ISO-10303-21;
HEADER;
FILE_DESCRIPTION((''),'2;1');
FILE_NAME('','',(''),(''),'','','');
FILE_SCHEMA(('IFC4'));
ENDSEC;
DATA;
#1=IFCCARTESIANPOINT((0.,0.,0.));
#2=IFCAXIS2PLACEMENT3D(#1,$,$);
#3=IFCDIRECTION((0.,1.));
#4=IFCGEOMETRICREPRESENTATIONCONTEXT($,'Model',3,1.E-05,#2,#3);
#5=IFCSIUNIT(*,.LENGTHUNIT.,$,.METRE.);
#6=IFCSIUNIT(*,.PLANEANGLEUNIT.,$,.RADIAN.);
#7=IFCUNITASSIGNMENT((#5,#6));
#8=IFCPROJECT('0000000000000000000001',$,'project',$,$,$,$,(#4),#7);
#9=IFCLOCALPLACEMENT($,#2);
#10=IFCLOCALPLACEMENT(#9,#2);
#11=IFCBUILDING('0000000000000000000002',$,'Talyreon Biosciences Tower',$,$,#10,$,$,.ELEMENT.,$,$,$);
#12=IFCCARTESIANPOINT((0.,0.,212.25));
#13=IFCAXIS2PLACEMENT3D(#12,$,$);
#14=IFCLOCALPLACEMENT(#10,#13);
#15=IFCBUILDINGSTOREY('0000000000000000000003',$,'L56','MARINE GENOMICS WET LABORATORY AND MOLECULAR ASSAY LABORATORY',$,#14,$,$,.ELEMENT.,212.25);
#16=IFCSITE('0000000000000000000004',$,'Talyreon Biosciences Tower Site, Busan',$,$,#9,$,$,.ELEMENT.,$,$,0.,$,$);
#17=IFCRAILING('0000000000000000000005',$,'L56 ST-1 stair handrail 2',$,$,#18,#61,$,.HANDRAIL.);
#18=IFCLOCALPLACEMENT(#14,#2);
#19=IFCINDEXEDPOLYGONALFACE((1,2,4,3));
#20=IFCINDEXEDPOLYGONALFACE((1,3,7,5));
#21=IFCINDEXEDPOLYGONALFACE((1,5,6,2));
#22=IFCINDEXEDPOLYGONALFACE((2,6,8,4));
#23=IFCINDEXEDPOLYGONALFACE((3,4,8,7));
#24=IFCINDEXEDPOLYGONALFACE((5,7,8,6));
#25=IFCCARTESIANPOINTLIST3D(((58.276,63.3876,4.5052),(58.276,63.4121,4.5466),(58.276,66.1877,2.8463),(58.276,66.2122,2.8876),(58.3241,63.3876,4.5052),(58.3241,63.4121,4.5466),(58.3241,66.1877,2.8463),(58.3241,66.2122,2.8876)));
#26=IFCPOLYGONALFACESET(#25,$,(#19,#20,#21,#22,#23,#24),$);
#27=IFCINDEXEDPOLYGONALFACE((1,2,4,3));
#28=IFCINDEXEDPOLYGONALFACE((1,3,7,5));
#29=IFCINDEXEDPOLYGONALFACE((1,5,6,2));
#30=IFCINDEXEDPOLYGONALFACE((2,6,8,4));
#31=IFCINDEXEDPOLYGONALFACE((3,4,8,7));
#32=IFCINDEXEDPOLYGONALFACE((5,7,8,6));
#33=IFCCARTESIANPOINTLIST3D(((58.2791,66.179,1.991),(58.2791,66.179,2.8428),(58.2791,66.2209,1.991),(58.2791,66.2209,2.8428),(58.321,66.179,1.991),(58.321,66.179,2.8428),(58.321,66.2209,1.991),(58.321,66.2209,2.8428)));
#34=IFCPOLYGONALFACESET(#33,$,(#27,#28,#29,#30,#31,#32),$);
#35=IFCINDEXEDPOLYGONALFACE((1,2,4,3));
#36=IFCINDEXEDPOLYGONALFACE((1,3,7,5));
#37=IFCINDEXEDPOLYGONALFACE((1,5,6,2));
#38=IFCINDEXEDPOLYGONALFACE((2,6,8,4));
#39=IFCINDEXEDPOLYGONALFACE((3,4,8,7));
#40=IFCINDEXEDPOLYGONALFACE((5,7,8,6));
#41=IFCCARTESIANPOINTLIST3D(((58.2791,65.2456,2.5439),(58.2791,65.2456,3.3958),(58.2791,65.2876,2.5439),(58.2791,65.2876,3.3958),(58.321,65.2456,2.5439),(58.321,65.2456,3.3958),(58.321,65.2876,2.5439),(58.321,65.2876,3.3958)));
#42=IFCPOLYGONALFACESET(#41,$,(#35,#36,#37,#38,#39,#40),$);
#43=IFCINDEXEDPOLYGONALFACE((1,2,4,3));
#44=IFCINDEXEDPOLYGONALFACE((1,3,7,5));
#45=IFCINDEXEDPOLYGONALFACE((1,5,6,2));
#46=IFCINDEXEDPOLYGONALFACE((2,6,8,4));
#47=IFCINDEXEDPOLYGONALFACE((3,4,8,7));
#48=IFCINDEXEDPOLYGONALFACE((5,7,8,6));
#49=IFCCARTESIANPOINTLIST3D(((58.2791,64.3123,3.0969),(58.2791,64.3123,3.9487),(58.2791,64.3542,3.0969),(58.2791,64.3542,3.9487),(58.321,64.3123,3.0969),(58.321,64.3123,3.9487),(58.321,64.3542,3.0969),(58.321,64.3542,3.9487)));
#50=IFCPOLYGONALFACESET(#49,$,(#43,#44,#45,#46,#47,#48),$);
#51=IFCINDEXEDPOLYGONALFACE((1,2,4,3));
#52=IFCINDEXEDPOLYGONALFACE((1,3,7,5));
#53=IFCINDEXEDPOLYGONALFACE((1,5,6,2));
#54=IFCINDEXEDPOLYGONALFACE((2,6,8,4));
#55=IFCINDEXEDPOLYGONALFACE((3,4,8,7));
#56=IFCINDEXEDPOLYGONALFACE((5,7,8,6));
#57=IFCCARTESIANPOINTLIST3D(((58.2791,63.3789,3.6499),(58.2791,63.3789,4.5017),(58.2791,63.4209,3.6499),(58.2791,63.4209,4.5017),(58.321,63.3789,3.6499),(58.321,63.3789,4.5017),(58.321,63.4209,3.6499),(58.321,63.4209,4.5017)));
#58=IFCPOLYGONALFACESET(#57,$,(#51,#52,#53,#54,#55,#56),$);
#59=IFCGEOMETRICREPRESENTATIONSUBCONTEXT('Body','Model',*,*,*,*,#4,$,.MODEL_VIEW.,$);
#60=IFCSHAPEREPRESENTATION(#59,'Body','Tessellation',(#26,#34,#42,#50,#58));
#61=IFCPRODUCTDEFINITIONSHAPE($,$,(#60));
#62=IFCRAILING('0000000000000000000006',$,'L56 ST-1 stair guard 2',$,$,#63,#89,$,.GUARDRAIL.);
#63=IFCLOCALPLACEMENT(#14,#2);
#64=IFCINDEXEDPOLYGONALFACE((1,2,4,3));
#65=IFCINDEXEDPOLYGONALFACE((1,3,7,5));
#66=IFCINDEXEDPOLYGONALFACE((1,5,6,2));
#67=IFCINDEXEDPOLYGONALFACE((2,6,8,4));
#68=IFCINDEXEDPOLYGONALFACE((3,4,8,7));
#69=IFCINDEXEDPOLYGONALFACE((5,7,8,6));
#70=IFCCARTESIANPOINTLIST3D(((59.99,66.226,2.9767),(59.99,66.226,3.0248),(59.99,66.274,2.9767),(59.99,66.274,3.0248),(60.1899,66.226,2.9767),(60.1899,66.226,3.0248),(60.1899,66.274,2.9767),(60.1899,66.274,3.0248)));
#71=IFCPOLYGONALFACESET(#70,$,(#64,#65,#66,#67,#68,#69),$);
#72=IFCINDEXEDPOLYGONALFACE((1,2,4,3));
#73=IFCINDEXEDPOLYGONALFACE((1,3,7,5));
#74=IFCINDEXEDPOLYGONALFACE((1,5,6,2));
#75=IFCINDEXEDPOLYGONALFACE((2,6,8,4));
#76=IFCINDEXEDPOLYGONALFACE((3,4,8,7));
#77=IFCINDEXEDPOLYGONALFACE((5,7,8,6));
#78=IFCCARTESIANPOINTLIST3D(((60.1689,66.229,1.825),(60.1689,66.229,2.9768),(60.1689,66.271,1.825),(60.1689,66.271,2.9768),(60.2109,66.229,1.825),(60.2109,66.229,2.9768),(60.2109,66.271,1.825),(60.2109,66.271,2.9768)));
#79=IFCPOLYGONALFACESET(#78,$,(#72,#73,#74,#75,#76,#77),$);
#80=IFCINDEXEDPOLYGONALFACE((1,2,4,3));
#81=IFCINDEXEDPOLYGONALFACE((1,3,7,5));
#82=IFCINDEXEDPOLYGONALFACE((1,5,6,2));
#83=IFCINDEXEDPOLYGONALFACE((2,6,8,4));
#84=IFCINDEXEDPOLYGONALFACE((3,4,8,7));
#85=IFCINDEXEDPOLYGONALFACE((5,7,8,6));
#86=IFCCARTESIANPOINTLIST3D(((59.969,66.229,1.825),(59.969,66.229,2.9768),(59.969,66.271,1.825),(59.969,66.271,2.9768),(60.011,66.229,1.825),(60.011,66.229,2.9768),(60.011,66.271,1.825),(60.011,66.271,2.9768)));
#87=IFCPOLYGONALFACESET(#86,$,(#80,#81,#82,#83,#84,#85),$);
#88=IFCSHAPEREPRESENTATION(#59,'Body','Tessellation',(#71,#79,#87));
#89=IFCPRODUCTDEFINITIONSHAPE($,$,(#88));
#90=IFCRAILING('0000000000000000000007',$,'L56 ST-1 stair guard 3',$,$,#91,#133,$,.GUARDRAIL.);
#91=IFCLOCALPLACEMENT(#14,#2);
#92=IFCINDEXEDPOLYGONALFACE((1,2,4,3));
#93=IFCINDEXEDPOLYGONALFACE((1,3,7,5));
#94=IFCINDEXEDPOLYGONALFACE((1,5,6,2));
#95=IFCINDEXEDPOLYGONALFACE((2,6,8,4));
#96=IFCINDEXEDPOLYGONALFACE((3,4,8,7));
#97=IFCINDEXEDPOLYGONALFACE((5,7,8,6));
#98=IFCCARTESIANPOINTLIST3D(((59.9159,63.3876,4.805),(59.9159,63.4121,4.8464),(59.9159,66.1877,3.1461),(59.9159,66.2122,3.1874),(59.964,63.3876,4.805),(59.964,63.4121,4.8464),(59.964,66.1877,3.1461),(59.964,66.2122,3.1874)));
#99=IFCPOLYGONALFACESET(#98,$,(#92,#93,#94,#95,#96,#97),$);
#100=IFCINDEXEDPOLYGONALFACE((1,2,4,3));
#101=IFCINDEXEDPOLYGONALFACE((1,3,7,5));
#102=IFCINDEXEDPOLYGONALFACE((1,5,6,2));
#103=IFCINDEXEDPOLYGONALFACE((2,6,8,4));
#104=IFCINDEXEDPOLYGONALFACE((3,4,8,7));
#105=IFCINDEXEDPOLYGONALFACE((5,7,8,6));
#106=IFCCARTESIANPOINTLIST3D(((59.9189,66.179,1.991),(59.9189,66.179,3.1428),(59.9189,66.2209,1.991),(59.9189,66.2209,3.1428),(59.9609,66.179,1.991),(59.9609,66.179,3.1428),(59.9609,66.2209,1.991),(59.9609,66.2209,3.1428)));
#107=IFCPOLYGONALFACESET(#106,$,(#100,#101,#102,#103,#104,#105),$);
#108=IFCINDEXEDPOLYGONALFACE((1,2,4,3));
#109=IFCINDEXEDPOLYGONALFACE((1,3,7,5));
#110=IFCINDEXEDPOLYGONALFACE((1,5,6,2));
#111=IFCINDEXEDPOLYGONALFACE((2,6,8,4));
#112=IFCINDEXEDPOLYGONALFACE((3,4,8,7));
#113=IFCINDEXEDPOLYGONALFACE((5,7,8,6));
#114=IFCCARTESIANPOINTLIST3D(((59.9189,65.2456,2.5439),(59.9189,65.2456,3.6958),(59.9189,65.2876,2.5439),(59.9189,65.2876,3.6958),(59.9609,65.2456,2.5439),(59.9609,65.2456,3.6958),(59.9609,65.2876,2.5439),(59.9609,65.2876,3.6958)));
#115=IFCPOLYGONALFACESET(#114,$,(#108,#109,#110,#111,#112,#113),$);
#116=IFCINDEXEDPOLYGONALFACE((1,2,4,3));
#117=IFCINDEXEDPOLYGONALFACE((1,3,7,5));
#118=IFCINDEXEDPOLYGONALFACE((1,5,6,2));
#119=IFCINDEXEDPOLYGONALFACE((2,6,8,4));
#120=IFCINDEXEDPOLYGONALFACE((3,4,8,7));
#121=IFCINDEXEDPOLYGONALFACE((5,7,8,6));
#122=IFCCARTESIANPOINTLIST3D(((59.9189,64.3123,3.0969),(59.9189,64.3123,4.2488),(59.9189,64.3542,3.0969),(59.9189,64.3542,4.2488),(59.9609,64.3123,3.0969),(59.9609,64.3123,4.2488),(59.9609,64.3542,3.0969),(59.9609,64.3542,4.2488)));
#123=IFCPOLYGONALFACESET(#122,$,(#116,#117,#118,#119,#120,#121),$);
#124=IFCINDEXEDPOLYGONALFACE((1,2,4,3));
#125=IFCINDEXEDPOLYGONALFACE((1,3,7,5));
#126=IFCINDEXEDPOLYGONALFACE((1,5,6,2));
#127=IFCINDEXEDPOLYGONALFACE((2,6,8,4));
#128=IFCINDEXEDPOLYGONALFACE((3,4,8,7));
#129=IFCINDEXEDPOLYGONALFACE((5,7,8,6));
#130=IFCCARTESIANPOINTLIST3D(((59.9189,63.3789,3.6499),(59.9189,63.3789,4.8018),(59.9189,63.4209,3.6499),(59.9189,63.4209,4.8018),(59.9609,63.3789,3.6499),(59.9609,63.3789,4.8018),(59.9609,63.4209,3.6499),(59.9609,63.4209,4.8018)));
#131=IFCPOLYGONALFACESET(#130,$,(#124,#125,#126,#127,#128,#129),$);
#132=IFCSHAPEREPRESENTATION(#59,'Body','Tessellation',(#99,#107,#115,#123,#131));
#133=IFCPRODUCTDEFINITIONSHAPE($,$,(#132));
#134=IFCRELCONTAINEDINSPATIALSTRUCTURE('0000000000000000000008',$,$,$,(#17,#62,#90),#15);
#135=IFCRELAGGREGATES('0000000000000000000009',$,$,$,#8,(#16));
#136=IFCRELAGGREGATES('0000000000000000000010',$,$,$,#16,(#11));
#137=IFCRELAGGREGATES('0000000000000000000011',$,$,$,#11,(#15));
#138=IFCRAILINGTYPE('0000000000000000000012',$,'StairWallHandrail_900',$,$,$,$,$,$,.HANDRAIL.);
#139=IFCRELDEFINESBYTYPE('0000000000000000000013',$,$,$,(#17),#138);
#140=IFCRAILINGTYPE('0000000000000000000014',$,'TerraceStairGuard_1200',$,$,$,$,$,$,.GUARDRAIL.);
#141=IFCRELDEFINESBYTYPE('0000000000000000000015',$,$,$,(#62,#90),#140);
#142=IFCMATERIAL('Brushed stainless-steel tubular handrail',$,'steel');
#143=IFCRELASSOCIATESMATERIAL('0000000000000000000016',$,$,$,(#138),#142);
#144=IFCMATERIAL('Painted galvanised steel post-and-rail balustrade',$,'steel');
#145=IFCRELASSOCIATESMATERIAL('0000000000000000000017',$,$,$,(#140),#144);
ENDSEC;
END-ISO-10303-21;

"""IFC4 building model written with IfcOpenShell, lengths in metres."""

from ifc_helpers import new_model, si_unit, direction, frame, origin, origin_2d, place, context, subcontext, project, spatial, rectangle, extrude, material, type_object, element, save


model = new_model("IFC4")

# Units and contexts
model_context = context("Model", 3, precision=1e-05, world=origin(), true_north=direction((0.0, 1.0)))
body_context = subcontext(model_context, "Body", "Model", "MODEL_VIEW")
ifc_project = project(units=[si_unit("LENGTHUNIT", "METRE"), si_unit("PLANEANGLEUNIT", "RADIAN")], contexts=[model_context])

# Site, building, storey
site_placement = place(None, origin())
site = spatial("IfcSite", under=ifc_project, at=site_placement, Name="Talyreon Biosciences Tower Site, Busan", CompositionType="ELEMENT", RefElevation=0.0)
building_placement = place(site_placement, origin())
building = spatial("IfcBuilding", under=site, at=building_placement, Name="Talyreon Biosciences Tower", CompositionType="ELEMENT")
storey_placement = place(building_placement, frame((0.0, 0.0, 212.25)))
storey = spatial("IfcBuildingStorey", under=building, at=storey_placement, Name="L56", Description="MARINE GENOMICS WET LABORATORY AND MOLECULAR ASSAY LABORATORY", CompositionType="ELEMENT", Elevation=212.25)

# Railings
ifc_material_1 = material(Name="Brushed stainless-steel tubular handrail", Category="steel")
railing_type_1 = type_object("IfcRailingType", Name="StairWallHandrail_900", PredefinedType="HANDRAIL", material=ifc_material_1)
railing_1_placement = place(storey_placement, frame((58.3, 66.2, 1.991)))
element("IfcRailing", 1, at=railing_1_placement, inside=storey, type_object=railing_type_1, Name="L56 ST-1 stair handrail 2", PredefinedType="HANDRAIL", context=body_context, shape_type="SweptSolid", body=[
    extrude(rectangle(XDim=0.0481, YDim=0.0481, at=origin_2d()), frame((0.0, 0.0, 0.876), z_axis=(0.0, -0.860339, 0.509722), x_axis=(1.0, 0.0, 0.0)), (0.0, 0.0, 1.0), 3.2546),
    extrude(rectangle(XDim=0.042, YDim=0.042, at=origin_2d()), origin(), (0.0, 0.0, 1.0), 0.8518),
    extrude(rectangle(XDim=0.042, YDim=0.042, at=origin_2d()), frame((0.0, -0.9333, 0.553)), (0.0, 0.0, 1.0), 0.8518),
    extrude(rectangle(XDim=0.042, YDim=0.042, at=origin_2d()), frame((0.0, -1.8667, 1.106)), (0.0, 0.0, 1.0), 0.8518),
    extrude(rectangle(XDim=0.042, YDim=0.042, at=origin_2d()), frame((0.0, -2.8, 1.6589)), (0.0, 0.0, 1.0), 0.8518),
])
ifc_material_2 = material(Name="Painted galvanised steel post-and-rail balustrade", Category="steel")
railing_type_2 = type_object("IfcRailingType", Name="TerraceStairGuard_1200", PredefinedType="GUARDRAIL", material=ifc_material_2)
railing_2_placement = place(storey_placement, frame((60.1899, 66.25, 1.825)))
element("IfcRailing", 2, at=railing_2_placement, inside=storey, type_object=railing_type_2, Name="L56 ST-1 stair guard 2", PredefinedType="GUARDRAIL", context=body_context, shape_type="SweptSolid", body=[
    extrude(rectangle(XDim=0.0481, YDim=0.0481, at=origin_2d()), frame((0.0, 0.0, 1.1758), z_axis=(-1.0, 0.0, 0.0), x_axis=(0.0, -1.0, 0.0)), (0.0, 0.0, 1.0), 0.2),
    extrude(rectangle(XDim=0.042, YDim=0.042, at=origin_2d()), origin(), (0.0, 0.0, 1.0), 1.1519),
    extrude(rectangle(XDim=0.042, YDim=0.042, at=origin_2d()), frame((-0.2, 0.0, 0.0)), (0.0, 0.0, 1.0), 1.1519),
])
railing_3_placement = place(storey_placement, frame((59.9399, 66.2, 1.991)))
element("IfcRailing", 3, at=railing_3_placement, inside=storey, type_object=railing_type_2, Name="L56 ST-1 stair guard 3", PredefinedType="GUARDRAIL", context=body_context, shape_type="SweptSolid", body=[
    extrude(rectangle(XDim=0.0481, YDim=0.0481, at=origin_2d()), frame((0.0, 0.0, 1.1758), z_axis=(0.0, -0.860339, 0.509722), x_axis=(1.0, 0.0, 0.0)), (0.0, 0.0, 1.0), 3.2546),
    extrude(rectangle(XDim=0.042, YDim=0.042, at=origin_2d()), origin(), (0.0, 0.0, 1.0), 1.1519),
    extrude(rectangle(XDim=0.042, YDim=0.042, at=origin_2d()), frame((0.0, -0.9333, 0.553)), (0.0, 0.0, 1.0), 1.1519),
    extrude(rectangle(XDim=0.042, YDim=0.042, at=origin_2d()), frame((0.0, -1.8667, 1.106)), (0.0, 0.0, 1.0), 1.1519),
    extrude(rectangle(XDim=0.042, YDim=0.042, at=origin_2d()), frame((0.0, -2.8, 1.6589)), (0.0, 0.0, 1.0), 1.1519),
])

save(model, "model.ifc")
